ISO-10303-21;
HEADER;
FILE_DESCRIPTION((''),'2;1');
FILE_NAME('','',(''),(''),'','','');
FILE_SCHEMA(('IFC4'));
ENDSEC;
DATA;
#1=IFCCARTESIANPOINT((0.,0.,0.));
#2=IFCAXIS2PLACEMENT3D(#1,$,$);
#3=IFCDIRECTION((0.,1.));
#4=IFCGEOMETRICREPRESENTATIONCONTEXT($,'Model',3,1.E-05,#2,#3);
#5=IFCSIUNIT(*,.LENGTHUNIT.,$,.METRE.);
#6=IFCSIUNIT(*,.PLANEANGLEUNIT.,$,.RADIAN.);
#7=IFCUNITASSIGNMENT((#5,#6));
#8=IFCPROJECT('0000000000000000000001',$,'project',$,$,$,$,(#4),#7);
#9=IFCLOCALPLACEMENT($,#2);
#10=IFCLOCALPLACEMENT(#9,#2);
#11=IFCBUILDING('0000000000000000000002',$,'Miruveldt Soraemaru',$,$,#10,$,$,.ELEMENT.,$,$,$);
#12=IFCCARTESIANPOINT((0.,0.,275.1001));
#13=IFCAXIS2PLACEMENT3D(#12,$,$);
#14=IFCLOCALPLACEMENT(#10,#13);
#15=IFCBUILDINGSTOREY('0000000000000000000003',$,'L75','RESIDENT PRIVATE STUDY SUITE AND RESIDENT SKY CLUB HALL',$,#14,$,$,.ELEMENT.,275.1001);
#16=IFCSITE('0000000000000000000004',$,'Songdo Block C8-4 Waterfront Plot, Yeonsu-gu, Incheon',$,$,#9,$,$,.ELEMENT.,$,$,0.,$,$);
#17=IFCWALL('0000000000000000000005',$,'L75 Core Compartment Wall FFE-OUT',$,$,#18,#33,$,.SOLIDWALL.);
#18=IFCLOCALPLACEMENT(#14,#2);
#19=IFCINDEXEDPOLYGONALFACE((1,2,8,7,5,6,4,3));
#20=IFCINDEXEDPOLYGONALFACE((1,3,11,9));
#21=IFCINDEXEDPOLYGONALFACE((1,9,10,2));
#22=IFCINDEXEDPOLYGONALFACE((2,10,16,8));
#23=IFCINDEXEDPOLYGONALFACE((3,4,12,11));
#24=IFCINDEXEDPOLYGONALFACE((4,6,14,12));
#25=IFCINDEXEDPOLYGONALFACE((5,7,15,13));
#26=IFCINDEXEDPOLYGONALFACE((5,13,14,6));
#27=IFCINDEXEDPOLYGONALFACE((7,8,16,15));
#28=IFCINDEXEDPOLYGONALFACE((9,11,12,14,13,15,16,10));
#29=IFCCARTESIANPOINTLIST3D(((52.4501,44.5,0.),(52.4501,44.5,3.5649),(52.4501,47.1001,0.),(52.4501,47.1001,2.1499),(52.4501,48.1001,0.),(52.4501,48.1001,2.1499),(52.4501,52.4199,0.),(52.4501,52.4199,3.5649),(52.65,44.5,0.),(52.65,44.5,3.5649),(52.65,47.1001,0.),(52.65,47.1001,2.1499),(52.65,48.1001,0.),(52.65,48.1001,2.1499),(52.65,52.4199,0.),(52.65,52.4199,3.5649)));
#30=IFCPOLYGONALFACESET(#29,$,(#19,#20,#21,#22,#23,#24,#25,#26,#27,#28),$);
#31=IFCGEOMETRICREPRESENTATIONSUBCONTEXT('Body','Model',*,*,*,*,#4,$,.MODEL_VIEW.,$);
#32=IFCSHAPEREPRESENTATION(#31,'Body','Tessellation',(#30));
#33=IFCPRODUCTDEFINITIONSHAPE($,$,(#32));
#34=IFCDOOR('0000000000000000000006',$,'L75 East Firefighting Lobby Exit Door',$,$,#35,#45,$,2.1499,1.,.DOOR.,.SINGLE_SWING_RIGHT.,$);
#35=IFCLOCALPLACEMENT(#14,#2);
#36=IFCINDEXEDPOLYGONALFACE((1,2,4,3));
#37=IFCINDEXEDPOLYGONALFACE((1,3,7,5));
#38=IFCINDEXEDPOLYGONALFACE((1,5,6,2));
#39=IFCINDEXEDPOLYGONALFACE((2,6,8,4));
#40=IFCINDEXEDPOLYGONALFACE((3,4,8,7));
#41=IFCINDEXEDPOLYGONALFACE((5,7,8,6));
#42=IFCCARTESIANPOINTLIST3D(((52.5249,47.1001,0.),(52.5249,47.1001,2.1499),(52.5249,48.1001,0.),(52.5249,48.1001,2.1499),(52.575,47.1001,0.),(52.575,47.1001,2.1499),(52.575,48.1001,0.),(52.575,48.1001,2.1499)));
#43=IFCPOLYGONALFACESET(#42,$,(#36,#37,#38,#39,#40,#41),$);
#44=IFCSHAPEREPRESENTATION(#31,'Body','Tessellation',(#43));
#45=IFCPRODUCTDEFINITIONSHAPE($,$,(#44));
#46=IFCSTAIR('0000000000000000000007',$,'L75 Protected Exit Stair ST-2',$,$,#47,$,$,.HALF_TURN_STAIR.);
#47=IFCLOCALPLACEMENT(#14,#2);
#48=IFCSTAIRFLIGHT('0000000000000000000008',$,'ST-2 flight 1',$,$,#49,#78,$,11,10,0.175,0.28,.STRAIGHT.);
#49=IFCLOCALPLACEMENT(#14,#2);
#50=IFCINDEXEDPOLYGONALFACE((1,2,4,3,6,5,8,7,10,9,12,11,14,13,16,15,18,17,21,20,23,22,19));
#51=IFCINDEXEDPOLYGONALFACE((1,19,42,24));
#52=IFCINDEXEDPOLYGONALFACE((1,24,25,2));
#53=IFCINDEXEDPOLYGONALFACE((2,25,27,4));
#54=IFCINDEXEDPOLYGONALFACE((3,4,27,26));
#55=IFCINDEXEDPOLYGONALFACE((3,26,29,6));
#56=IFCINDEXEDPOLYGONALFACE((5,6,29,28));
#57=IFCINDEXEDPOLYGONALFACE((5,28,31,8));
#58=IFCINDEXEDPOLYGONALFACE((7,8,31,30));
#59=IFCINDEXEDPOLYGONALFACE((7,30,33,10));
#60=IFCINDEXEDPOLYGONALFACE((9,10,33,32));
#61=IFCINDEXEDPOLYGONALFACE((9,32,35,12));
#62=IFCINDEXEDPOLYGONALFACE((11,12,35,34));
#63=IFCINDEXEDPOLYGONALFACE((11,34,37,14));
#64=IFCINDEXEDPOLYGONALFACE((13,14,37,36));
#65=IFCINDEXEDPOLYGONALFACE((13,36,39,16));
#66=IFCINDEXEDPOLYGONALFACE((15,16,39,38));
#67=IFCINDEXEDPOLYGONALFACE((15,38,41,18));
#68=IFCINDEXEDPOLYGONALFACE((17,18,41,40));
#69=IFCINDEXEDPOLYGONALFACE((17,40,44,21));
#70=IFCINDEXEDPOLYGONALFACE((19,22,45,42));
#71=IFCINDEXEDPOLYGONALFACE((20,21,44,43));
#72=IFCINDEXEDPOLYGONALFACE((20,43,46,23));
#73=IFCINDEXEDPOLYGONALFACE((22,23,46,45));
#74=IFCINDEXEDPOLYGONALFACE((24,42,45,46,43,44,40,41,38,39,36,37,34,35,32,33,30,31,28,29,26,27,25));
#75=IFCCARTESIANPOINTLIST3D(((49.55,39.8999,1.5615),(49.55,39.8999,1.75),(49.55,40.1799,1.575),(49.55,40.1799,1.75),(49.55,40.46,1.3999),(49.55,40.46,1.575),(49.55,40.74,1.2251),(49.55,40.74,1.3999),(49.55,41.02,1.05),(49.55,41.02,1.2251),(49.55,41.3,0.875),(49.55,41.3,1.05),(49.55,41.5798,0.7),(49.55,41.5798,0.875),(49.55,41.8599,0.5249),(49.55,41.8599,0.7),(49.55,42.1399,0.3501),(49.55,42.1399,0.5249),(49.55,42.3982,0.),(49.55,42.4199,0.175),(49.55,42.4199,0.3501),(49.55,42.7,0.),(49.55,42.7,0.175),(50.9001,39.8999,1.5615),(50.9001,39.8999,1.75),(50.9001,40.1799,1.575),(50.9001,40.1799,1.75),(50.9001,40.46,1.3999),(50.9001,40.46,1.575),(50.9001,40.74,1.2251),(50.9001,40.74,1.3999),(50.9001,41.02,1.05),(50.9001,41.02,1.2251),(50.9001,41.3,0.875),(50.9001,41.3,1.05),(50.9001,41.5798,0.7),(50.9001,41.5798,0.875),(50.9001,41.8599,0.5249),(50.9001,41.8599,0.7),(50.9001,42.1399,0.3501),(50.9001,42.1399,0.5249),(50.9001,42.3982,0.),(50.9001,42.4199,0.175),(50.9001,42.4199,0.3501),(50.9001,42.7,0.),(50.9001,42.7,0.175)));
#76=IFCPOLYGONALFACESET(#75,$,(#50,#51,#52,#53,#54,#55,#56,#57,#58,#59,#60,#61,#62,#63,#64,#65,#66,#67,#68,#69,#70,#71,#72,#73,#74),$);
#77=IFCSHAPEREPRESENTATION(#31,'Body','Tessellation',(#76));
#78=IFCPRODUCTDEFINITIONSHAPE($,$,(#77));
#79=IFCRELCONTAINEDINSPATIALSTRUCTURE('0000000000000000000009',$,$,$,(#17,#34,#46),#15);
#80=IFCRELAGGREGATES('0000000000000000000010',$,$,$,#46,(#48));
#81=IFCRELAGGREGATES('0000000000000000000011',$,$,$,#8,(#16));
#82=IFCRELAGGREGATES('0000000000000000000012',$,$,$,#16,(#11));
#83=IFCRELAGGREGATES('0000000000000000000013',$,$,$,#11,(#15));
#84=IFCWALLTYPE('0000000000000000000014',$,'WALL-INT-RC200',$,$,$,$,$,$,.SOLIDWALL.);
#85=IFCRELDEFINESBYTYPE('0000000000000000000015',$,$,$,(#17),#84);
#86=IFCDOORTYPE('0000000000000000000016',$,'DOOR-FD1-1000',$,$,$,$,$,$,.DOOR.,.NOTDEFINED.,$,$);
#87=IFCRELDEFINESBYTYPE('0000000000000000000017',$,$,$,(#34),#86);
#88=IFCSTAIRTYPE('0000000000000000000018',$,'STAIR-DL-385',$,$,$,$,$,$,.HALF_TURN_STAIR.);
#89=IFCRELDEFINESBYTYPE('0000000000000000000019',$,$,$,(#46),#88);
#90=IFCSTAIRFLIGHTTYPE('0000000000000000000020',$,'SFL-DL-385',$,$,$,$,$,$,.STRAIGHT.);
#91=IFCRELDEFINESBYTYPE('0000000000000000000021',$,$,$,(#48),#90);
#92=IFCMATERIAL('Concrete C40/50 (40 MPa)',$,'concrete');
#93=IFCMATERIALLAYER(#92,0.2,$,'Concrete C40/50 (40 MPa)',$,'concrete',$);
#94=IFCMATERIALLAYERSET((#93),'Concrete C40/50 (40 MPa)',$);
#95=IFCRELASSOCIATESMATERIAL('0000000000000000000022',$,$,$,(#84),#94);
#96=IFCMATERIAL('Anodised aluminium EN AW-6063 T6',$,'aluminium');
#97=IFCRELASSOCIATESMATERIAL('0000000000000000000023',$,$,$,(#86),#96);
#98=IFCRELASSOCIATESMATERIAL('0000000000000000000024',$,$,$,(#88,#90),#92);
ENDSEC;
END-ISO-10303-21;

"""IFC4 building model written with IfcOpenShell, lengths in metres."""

from ifc_helpers import new_model, si_unit, direction, frame, frame_2d, origin, place, context, subcontext, project, spatial, polyline, rectangle, outline, extrude, material, layer, layer_set, type_object, element, fill, aggregate, save


model = new_model("IFC4")

# Units and contexts
model_context = context("Model", 3, precision=1e-05, world=origin(), true_north=direction((0.0, 1.0)))
body_context = subcontext(model_context, "Body", "Model", "MODEL_VIEW")
ifc_project = project(units=[si_unit("LENGTHUNIT", "METRE"), si_unit("PLANEANGLEUNIT", "RADIAN")], contexts=[model_context])

# Site, building, storey
site_placement = place(None, origin())
site = spatial("IfcSite", under=ifc_project, at=site_placement, Name="Songdo Block C8-4 Waterfront Plot, Yeonsu-gu, Incheon", CompositionType="ELEMENT", RefElevation=0.0)
building_placement = place(site_placement, origin())
building = spatial("IfcBuilding", under=site, at=building_placement, Name="Miruveldt Soraemaru", CompositionType="ELEMENT")
storey_placement = place(building_placement, frame((0.0, 0.0, 275.1001)))
storey = spatial("IfcBuildingStorey", under=building, at=storey_placement, Name="L75", Description="RESIDENT PRIVATE STUDY SUITE AND RESIDENT SKY CLUB HALL", CompositionType="ELEMENT", Elevation=275.1001)

# Shared definitions
ifc_material_1 = material(Name="Concrete C40/50 (40 MPa)", Category="concrete")

# Wall, opening, door
ifc_layer_1 = layer(ifc_material_1, 0.2, Name="Concrete C40/50 (40 MPa)", Category="concrete")
ifc_layer_set_1 = layer_set([ifc_layer_1], Name="Concrete C40/50 (40 MPa)")
wall_type_1 = type_object("IfcWallType", Name="WALL-INT-RC200", PredefinedType="SOLIDWALL", material=ifc_layer_set_1)
wall_1_placement = place(storey_placement, frame((52.55, 44.5, 0.0), z_axis=(0.0, 0.0, 1.0), x_axis=(0.0, 1.0, 0.0)))
wall_1 = element("IfcWall", 1, at=wall_1_placement, inside=storey, type_object=wall_type_1, Name="L75 Core Compartment Wall FFE-OUT", PredefinedType="SOLIDWALL", context=body_context, shape_type="SweptSolid", body=[
    extrude(rectangle(XDim=7.9199, YDim=0.2, at=frame_2d((3.96, 0.0))), origin(), (0.0, 0.0, 1.0), 3.5649),
])
opening_1_placement = place(wall_1_placement, frame((2.6001, 0.0, 0.0)))
opening_1 = element("IfcOpeningElement", 2, at=opening_1_placement, cuts=wall_1, PredefinedType="OPENING", context=body_context, shape_type="SweptSolid", body=[
    extrude(rectangle(XDim=1.0, YDim=2.1499, at=frame_2d((0.5, 1.075))), frame((0.0, 0.1099, 0.0), z_axis=(0.0, -1.0, 0.0), x_axis=(1.0, 0.0, 0.0)), (0.0, 0.0, 1.0), 0.22),
])
ifc_material_2 = material(Name="Anodised aluminium EN AW-6063 T6", Category="aluminium")
door_type = type_object("IfcDoorType", Name="DOOR-FD1-1000", OperationType="NOTDEFINED", PredefinedType="DOOR", material=ifc_material_2)
door_placement = place(opening_1_placement, frame((1.0, 0.0, 0.0), z_axis=(0.0, 0.0, 1.0), x_axis=(-1.0, 0.0, 0.0)))
door = element("IfcDoor", 3, at=door_placement, inside=storey, type_object=door_type, Name="L75 East Firefighting Lobby Exit Door", OperationType="SINGLE_SWING_RIGHT", OverallHeight=2.1499, OverallWidth=1.0, PredefinedType="DOOR", context=body_context, shape_type="SweptSolid", body=[
    extrude(rectangle(XDim=1.0, YDim=2.1499, at=frame_2d((0.5, 1.075))), frame((0.0, 0.0249, 0.0), z_axis=(0.0, -1.0, 0.0), x_axis=(1.0, 0.0, 0.0)), (0.0, 0.0, 1.0), 0.05),
])
fill(opening_1, door)

# Stair, stair flight
stair_type = type_object("IfcStairType", Name="STAIR-DL-385", PredefinedType="HALF_TURN_STAIR", material=ifc_material_1)
stair_placement = place(storey_placement, origin())
stair = element("IfcStair", 4, at=stair_placement, inside=storey, type_object=stair_type, Name="L75 Protected Exit Stair ST-2", PredefinedType="HALF_TURN_STAIR")
stair_flight_type = type_object("IfcStairFlightType", Name="SFL-DL-385", PredefinedType="STRAIGHT", material=ifc_material_1)
stair_flight_placement = place(storey_placement, frame((50.2251, 42.7, 0.0), z_axis=(0.0, 0.0, 1.0), x_axis=(0.0, -1.0, 0.0)))
stair_flight = element("IfcStairFlight", 5, at=stair_flight_placement, type_object=stair_flight_type, Name="ST-2 flight 1", NumberOfRisers=11, NumberOfTreads=10, PredefinedType="STRAIGHT", RiserHeight=0.175, TreadLength=0.28, context=body_context, shape_type="SweptSolid", body=[
    extrude(outline(polyline([(0.0, 0.0), (0.0, 0.175), (0.28, 0.175), (0.28, 0.3501), (0.5601, 0.3501), (0.5601, 0.5249), (0.8401, 0.5249), (0.8401, 0.7), (1.1201, 0.7), (1.1201, 0.875), (1.3999, 0.875), (1.3999, 1.05), (1.6799, 1.05), (1.6799, 1.2251), (1.96, 1.2251), (1.96, 1.3999), (2.24, 1.3999), (2.24, 1.575), (2.52, 1.575), (2.52, 1.75), (2.8, 1.75), (2.8, 1.925), (2.8, 1.5615), (0.3018, 0.0), (0.0, 0.0)])), frame((0.0, 0.675, 0.0), z_axis=(0.0, -1.0, 0.0), x_axis=(1.0, 0.0, 0.0)), (0.0, 0.0, 1.0), 1.3501),
])
aggregate(stair, [stair_flight])

save(model, "model.ifc")
